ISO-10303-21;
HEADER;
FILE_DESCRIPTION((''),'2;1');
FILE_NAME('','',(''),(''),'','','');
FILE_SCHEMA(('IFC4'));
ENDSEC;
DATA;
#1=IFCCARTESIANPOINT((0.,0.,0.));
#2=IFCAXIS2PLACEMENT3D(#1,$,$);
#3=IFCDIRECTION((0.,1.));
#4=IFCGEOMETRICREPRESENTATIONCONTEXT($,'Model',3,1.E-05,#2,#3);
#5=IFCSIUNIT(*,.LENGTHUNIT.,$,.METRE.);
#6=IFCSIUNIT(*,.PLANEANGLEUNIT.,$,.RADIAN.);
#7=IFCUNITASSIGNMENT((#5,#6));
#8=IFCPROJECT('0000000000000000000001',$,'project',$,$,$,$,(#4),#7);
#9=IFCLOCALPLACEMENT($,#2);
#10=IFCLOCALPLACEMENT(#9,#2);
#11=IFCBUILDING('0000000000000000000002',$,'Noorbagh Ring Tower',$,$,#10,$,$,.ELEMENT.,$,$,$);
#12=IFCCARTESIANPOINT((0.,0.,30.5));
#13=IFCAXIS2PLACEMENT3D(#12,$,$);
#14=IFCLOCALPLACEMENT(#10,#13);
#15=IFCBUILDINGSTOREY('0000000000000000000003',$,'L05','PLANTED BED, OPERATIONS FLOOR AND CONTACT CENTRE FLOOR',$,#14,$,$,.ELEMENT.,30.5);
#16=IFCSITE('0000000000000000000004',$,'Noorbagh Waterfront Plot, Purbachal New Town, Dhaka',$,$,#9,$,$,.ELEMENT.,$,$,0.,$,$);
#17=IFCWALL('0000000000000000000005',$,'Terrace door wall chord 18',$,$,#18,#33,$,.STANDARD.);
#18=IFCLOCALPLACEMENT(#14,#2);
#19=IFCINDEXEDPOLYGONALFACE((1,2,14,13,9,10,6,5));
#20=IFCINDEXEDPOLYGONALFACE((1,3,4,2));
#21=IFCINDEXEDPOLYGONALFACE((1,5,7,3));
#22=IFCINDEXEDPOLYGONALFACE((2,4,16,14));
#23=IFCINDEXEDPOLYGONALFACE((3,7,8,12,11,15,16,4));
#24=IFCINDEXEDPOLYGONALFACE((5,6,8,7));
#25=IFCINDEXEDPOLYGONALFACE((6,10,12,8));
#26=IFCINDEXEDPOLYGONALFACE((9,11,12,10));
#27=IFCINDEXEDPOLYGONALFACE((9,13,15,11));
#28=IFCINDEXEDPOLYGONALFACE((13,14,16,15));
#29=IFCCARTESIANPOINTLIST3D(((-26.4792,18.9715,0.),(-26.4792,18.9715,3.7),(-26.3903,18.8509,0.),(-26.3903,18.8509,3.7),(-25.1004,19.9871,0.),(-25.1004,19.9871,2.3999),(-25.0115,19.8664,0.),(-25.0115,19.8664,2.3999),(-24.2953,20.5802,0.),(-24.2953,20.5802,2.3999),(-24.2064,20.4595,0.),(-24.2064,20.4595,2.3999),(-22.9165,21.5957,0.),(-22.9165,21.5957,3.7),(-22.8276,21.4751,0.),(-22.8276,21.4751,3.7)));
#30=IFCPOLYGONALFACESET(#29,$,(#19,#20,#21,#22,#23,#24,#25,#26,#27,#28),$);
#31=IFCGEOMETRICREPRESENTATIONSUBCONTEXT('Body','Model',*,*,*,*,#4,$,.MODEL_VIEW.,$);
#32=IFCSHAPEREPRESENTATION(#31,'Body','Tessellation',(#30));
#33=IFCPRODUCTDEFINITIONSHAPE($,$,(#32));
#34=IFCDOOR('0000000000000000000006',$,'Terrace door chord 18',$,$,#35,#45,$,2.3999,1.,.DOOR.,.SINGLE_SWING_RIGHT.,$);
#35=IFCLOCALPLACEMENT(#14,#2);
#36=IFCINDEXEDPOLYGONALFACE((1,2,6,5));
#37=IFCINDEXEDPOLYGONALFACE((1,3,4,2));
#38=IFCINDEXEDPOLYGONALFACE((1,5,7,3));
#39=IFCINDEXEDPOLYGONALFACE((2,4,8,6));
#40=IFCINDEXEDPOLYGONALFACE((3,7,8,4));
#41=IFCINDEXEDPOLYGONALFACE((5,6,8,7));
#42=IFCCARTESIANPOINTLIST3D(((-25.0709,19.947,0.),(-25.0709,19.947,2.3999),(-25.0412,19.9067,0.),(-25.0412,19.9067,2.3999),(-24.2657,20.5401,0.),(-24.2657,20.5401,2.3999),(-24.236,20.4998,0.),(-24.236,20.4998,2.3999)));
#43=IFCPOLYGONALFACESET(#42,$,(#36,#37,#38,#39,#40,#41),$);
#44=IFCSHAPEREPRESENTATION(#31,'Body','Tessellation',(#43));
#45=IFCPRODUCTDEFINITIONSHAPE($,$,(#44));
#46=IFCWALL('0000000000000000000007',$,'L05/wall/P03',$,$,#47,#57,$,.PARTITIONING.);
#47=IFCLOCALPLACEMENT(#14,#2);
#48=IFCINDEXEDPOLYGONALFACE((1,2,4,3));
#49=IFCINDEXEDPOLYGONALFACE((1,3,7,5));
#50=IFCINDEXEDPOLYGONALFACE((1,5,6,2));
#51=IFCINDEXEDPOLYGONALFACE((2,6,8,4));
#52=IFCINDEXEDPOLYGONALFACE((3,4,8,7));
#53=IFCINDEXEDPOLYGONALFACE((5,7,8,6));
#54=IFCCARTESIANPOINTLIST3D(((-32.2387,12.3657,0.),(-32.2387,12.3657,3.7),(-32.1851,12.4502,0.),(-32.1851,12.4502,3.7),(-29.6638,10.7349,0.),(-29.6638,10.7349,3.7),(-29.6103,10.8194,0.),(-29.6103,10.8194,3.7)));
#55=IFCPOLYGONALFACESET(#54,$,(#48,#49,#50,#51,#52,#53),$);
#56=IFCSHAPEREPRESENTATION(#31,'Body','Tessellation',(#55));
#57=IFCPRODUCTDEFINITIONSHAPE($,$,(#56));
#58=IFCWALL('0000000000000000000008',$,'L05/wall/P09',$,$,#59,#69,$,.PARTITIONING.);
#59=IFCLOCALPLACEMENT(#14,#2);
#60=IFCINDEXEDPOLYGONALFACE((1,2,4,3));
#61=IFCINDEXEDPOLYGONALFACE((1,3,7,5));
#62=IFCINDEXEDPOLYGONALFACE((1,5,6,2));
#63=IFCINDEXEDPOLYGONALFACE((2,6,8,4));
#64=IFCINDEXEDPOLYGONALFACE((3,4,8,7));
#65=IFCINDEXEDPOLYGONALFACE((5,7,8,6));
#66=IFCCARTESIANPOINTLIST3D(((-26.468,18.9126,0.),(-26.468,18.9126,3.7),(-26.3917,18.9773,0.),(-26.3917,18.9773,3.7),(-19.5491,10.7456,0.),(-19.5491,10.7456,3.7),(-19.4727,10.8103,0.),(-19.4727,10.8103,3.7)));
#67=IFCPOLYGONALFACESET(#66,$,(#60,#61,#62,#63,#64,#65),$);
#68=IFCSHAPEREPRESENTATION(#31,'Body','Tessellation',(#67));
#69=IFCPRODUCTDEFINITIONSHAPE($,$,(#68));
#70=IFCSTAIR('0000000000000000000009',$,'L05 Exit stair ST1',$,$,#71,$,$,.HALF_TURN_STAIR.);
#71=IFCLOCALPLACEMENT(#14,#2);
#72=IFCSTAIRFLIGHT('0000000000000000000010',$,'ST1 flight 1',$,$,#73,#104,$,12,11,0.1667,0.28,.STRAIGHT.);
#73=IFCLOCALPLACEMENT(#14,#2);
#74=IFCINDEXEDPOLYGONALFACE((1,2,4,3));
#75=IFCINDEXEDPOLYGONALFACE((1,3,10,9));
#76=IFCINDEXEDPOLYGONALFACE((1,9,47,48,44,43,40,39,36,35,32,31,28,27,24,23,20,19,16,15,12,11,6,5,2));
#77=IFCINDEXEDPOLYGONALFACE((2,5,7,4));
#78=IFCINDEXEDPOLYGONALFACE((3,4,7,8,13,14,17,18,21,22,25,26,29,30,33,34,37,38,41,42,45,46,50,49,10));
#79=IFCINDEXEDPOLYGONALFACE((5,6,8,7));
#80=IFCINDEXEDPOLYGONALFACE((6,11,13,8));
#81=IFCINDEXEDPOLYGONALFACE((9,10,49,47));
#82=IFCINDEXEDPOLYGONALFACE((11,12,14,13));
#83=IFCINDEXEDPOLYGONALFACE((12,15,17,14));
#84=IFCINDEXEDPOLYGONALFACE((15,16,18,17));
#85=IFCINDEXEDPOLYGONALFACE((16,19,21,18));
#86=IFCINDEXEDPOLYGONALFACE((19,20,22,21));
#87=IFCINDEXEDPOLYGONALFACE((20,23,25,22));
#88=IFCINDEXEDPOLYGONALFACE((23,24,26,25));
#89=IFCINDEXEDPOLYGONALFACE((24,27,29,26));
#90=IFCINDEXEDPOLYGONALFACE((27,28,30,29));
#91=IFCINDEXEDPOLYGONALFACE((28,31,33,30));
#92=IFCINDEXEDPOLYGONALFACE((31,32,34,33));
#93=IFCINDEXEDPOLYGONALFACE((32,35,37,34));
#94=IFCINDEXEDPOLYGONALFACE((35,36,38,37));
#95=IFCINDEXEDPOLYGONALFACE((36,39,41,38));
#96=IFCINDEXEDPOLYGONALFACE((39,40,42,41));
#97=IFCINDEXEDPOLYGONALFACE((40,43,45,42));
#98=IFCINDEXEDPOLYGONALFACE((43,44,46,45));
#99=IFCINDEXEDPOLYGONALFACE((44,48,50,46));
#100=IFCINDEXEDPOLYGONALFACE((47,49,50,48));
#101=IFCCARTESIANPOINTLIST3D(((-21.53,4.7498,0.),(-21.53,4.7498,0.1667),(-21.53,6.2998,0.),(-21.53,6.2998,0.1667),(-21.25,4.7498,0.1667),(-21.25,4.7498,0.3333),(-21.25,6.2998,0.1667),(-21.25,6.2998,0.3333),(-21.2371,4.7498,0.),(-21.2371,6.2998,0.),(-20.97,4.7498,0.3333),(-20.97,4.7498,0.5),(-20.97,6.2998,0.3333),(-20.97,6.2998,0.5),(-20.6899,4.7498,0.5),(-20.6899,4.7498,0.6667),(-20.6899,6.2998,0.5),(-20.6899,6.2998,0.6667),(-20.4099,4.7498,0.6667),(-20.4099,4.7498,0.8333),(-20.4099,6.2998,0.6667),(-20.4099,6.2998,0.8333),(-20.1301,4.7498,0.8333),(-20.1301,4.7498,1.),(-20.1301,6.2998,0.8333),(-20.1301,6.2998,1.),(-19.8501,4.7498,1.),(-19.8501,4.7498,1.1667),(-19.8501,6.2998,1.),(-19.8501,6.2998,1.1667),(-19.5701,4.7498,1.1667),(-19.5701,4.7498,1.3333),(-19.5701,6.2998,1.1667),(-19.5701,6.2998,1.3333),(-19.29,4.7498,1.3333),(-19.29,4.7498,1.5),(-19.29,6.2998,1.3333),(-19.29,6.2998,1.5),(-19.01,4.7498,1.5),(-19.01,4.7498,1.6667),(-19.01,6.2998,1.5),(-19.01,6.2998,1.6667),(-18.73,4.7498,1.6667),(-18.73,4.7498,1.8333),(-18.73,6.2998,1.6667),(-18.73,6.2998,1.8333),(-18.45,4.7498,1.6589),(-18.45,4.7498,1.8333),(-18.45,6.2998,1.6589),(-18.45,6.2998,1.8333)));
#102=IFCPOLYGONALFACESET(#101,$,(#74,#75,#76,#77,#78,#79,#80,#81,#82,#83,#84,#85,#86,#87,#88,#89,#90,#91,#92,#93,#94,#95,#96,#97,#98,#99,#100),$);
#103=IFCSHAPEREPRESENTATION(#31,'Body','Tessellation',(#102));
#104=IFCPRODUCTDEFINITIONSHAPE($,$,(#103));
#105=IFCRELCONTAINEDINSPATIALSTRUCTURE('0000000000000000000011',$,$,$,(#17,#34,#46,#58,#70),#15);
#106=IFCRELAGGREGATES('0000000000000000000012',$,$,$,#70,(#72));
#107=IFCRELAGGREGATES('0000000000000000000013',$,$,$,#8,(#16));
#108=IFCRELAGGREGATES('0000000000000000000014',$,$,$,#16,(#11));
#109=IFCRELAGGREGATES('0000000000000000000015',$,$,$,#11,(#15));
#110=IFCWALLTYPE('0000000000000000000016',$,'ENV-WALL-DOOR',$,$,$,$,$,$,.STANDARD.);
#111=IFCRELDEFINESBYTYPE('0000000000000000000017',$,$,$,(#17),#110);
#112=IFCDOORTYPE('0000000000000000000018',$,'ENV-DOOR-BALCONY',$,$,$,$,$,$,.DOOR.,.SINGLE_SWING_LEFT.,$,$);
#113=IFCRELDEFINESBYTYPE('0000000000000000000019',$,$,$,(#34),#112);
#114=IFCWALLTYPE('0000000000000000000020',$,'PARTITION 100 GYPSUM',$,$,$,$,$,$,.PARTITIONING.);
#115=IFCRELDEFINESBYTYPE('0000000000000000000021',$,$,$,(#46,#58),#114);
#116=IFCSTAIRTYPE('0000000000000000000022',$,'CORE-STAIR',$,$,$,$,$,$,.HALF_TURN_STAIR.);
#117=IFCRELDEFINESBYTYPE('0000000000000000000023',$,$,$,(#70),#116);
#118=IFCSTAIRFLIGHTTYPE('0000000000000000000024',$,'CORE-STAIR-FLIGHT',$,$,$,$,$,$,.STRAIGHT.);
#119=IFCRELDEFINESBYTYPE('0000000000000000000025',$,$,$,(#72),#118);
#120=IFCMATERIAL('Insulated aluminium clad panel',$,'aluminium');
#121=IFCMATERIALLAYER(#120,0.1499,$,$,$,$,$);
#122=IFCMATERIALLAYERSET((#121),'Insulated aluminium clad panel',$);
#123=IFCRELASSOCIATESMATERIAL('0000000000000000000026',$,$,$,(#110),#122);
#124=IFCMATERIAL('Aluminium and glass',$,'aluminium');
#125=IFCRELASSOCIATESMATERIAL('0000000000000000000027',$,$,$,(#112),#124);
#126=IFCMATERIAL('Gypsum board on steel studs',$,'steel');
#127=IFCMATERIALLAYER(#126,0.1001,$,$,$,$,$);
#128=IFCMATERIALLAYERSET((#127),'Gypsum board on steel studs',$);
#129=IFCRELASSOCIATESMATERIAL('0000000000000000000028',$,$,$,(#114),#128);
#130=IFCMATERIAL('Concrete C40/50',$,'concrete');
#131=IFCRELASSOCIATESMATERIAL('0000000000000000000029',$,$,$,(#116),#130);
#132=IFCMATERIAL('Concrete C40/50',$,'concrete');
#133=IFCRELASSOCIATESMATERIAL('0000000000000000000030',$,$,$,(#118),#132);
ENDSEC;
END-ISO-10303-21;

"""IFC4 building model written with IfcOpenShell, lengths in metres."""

from ifc_helpers import new_model, si_unit, direction, frame, frame_2d, origin, place, context, subcontext, project, spatial, polyline, rectangle, outline, extrude, material, layer, layer_set, type_object, element, fill, aggregate, save


model = new_model("IFC4")

# Units and contexts
model_context = context("Model", 3, precision=1e-05, world=origin(), true_north=direction((0.0, 1.0)))
body_context = subcontext(model_context, "Body", "Model", "MODEL_VIEW")
ifc_project = project(units=[si_unit("LENGTHUNIT", "METRE"), si_unit("PLANEANGLEUNIT", "RADIAN")], contexts=[model_context])

# Site, building, storey
site_placement = place(None, origin())
site = spatial("IfcSite", under=ifc_project, at=site_placement, Name="Noorbagh Waterfront Plot, Purbachal New Town, Dhaka", CompositionType="ELEMENT", RefElevation=0.0)
building_placement = place(site_placement, origin())
building = spatial("IfcBuilding", under=site, at=building_placement, Name="Noorbagh Ring Tower", CompositionType="ELEMENT")
storey_placement = place(building_placement, frame((0.0, 0.0, 30.5)))
storey = spatial("IfcBuildingStorey", under=building, at=storey_placement, Name="L05", Description="PLANTED BED, OPERATIONS FLOOR AND CONTACT CENTRE FLOOR", CompositionType="ELEMENT", Elevation=30.5)

# Wall, opening, door
ifc_material_1 = material(Name="Insulated aluminium clad panel", Category="aluminium")
ifc_layer_1 = layer(ifc_material_1, 0.1499)
ifc_layer_set_1 = layer_set([ifc_layer_1], Name="Insulated aluminium clad panel")
wall_type_1 = type_object("IfcWallType", Name="ENV-WALL-DOOR", PredefinedType="STANDARD", material=ifc_layer_set_1)
wall_1_placement = place(storey_placement, frame((-22.8721, 21.5354, 0.0), z_axis=(0.0, 0.0, 1.0), x_axis=(-0.805154, -0.593065, 0.0)))
wall_1 = element("IfcWall", 1, at=wall_1_placement, inside=storey, type_object=wall_type_1, Name="Terrace door wall chord 18", PredefinedType="STANDARD", context=body_context, shape_type="SweptSolid", body=[
    extrude(rectangle(XDim=4.4248, YDim=0.1499, at=frame_2d((2.2124, 0.0))), origin(), (0.0, 0.0, 1.0), 3.7),
])
opening_1_placement = place(wall_1_placement, frame((1.7124, 0.0, 0.0)))
opening_1 = element("IfcOpeningElement", 2, at=opening_1_placement, cuts=wall_1, PredefinedType="OPENING", context=body_context, shape_type="SweptSolid", body=[
    extrude(rectangle(XDim=1.0, YDim=2.3999, at=frame_2d((0.5, 1.2))), frame((0.0, 0.085, 0.0), z_axis=(0.0, -1.0, 0.0), x_axis=(1.0, 0.0, 0.0)), (0.0, 0.0, 1.0), 0.1699),
])
ifc_material_2 = material(Name="Aluminium and glass", Category="aluminium")
door_type_1 = type_object("IfcDoorType", Name="ENV-DOOR-BALCONY", OperationType="SINGLE_SWING_LEFT", PredefinedType="DOOR", material=ifc_material_2)
door_1_placement = place(opening_1_placement, origin())
door_1 = element("IfcDoor", 3, at=door_1_placement, inside=storey, type_object=door_type_1, Name="Terrace door chord 18", OperationType="SINGLE_SWING_RIGHT", OverallHeight=2.3999, OverallWidth=1.0, PredefinedType="DOOR", context=body_context, shape_type="SweptSolid", body=[
    extrude(rectangle(XDim=1.0, YDim=2.3999, at=frame_2d((0.5, 1.2))), frame((0.0, 0.0249, 0.0), z_axis=(0.0, -1.0, 0.0), x_axis=(1.0, 0.0, 0.0)), (0.0, 0.0, 1.0), 0.05),
])
fill(opening_1, door_1)

# Walls
ifc_material_3 = material(Name="Gypsum board on steel studs", Category="steel")
ifc_layer_2 = layer(ifc_material_3, 0.1001)
ifc_layer_set_2 = layer_set([ifc_layer_2], Name="Gypsum board on steel studs")
wall_type_2 = type_object("IfcWallType", Name="PARTITION 100 GYPSUM", PredefinedType="PARTITIONING", material=ifc_layer_set_2)
wall_2_placement = place(storey_placement, frame((-32.2119, 12.408, 0.0), z_axis=(0.0, 0.0, 1.0), x_axis=(0.844811, -0.535065, 0.0)))
element("IfcWall", 4, at=wall_2_placement, inside=storey, type_object=wall_type_2, Name="L05/wall/P03", PredefinedType="PARTITIONING", context=body_context, shape_type="SweptSolid", body=[
    extrude(rectangle(XDim=3.0479, YDim=0.1001, at=frame_2d((1.5239, 0.0))), origin(), (0.0, 0.0, 1.0), 3.7),
])
wall_3_placement = place(storey_placement, frame((-26.4299, 18.9451, 0.0), z_axis=(0.0, 0.0, 1.0), x_axis=(0.6464, -0.762999, 0.0)))
element("IfcWall", 5, at=wall_3_placement, inside=storey, type_object=wall_type_2, Name="L05/wall/P09", PredefinedType="PARTITIONING", context=body_context, shape_type="SweptSolid", body=[
    extrude(rectangle(XDim=10.7039, YDim=0.1001, at=frame_2d((5.3521, 0.0))), origin(), (0.0, 0.0, 1.0), 3.7),
])

# Stair, stair flight
ifc_material_4 = material(Name="Concrete C40/50", Category="concrete")
stair_type = type_object("IfcStairType", Name="CORE-STAIR", PredefinedType="HALF_TURN_STAIR", material=ifc_material_4)
stair_placement = place(storey_placement, origin())
stair = element("IfcStair", 6, at=stair_placement, inside=storey, type_object=stair_type, Name="L05 Exit stair ST1", PredefinedType="HALF_TURN_STAIR")
ifc_material_5 = material(Name="Concrete C40/50", Category="concrete")
stair_flight_type = type_object("IfcStairFlightType", Name="CORE-STAIR-FLIGHT", PredefinedType="STRAIGHT", material=ifc_material_5)
stair_flight_placement = place(storey_placement, frame((-21.53, 5.5249, 0.0), z_axis=(0.0, 0.0, 1.0), x_axis=(1.0, 0.0, 0.0)))
stair_flight = element("IfcStairFlight", 7, at=stair_flight_placement, type_object=stair_flight_type, Name="ST1 flight 1", NumberOfRisers=12, NumberOfTreads=11, PredefinedType="STRAIGHT", RiserHeight=0.1667, TreadLength=0.28, context=body_context, shape_type="SweptSolid", body=[
    extrude(outline(polyline([(0.0, 0.0), (0.0, 0.1667), (0.28, 0.1667), (0.28, 0.3333), (0.5601, 0.3333), (0.5601, 0.5), (0.8401, 0.5), (0.8401, 0.6667), (1.1201, 0.6667), (1.1201, 0.8333), (1.3999, 0.8333), (1.3999, 1.0), (1.6799, 1.0), (1.6799, 1.1667), (1.96, 1.1667), (1.96, 1.3333), (2.24, 1.3333), (2.24, 1.5), (2.52, 1.5), (2.52, 1.6667), (2.8, 1.6667), (2.8, 1.8333), (3.0801, 1.8333), (3.0801, 2.0), (3.0801, 1.6589), (0.293, 0.0), (0.0, 0.0)])), frame((0.0, 0.7749, 0.0), z_axis=(0.0, -1.0, 0.0), x_axis=(1.0, 0.0, 0.0)), (0.0, 0.0, 1.0), 1.55),
])
aggregate(stair, [stair_flight])

save(model, "model.ifc")
